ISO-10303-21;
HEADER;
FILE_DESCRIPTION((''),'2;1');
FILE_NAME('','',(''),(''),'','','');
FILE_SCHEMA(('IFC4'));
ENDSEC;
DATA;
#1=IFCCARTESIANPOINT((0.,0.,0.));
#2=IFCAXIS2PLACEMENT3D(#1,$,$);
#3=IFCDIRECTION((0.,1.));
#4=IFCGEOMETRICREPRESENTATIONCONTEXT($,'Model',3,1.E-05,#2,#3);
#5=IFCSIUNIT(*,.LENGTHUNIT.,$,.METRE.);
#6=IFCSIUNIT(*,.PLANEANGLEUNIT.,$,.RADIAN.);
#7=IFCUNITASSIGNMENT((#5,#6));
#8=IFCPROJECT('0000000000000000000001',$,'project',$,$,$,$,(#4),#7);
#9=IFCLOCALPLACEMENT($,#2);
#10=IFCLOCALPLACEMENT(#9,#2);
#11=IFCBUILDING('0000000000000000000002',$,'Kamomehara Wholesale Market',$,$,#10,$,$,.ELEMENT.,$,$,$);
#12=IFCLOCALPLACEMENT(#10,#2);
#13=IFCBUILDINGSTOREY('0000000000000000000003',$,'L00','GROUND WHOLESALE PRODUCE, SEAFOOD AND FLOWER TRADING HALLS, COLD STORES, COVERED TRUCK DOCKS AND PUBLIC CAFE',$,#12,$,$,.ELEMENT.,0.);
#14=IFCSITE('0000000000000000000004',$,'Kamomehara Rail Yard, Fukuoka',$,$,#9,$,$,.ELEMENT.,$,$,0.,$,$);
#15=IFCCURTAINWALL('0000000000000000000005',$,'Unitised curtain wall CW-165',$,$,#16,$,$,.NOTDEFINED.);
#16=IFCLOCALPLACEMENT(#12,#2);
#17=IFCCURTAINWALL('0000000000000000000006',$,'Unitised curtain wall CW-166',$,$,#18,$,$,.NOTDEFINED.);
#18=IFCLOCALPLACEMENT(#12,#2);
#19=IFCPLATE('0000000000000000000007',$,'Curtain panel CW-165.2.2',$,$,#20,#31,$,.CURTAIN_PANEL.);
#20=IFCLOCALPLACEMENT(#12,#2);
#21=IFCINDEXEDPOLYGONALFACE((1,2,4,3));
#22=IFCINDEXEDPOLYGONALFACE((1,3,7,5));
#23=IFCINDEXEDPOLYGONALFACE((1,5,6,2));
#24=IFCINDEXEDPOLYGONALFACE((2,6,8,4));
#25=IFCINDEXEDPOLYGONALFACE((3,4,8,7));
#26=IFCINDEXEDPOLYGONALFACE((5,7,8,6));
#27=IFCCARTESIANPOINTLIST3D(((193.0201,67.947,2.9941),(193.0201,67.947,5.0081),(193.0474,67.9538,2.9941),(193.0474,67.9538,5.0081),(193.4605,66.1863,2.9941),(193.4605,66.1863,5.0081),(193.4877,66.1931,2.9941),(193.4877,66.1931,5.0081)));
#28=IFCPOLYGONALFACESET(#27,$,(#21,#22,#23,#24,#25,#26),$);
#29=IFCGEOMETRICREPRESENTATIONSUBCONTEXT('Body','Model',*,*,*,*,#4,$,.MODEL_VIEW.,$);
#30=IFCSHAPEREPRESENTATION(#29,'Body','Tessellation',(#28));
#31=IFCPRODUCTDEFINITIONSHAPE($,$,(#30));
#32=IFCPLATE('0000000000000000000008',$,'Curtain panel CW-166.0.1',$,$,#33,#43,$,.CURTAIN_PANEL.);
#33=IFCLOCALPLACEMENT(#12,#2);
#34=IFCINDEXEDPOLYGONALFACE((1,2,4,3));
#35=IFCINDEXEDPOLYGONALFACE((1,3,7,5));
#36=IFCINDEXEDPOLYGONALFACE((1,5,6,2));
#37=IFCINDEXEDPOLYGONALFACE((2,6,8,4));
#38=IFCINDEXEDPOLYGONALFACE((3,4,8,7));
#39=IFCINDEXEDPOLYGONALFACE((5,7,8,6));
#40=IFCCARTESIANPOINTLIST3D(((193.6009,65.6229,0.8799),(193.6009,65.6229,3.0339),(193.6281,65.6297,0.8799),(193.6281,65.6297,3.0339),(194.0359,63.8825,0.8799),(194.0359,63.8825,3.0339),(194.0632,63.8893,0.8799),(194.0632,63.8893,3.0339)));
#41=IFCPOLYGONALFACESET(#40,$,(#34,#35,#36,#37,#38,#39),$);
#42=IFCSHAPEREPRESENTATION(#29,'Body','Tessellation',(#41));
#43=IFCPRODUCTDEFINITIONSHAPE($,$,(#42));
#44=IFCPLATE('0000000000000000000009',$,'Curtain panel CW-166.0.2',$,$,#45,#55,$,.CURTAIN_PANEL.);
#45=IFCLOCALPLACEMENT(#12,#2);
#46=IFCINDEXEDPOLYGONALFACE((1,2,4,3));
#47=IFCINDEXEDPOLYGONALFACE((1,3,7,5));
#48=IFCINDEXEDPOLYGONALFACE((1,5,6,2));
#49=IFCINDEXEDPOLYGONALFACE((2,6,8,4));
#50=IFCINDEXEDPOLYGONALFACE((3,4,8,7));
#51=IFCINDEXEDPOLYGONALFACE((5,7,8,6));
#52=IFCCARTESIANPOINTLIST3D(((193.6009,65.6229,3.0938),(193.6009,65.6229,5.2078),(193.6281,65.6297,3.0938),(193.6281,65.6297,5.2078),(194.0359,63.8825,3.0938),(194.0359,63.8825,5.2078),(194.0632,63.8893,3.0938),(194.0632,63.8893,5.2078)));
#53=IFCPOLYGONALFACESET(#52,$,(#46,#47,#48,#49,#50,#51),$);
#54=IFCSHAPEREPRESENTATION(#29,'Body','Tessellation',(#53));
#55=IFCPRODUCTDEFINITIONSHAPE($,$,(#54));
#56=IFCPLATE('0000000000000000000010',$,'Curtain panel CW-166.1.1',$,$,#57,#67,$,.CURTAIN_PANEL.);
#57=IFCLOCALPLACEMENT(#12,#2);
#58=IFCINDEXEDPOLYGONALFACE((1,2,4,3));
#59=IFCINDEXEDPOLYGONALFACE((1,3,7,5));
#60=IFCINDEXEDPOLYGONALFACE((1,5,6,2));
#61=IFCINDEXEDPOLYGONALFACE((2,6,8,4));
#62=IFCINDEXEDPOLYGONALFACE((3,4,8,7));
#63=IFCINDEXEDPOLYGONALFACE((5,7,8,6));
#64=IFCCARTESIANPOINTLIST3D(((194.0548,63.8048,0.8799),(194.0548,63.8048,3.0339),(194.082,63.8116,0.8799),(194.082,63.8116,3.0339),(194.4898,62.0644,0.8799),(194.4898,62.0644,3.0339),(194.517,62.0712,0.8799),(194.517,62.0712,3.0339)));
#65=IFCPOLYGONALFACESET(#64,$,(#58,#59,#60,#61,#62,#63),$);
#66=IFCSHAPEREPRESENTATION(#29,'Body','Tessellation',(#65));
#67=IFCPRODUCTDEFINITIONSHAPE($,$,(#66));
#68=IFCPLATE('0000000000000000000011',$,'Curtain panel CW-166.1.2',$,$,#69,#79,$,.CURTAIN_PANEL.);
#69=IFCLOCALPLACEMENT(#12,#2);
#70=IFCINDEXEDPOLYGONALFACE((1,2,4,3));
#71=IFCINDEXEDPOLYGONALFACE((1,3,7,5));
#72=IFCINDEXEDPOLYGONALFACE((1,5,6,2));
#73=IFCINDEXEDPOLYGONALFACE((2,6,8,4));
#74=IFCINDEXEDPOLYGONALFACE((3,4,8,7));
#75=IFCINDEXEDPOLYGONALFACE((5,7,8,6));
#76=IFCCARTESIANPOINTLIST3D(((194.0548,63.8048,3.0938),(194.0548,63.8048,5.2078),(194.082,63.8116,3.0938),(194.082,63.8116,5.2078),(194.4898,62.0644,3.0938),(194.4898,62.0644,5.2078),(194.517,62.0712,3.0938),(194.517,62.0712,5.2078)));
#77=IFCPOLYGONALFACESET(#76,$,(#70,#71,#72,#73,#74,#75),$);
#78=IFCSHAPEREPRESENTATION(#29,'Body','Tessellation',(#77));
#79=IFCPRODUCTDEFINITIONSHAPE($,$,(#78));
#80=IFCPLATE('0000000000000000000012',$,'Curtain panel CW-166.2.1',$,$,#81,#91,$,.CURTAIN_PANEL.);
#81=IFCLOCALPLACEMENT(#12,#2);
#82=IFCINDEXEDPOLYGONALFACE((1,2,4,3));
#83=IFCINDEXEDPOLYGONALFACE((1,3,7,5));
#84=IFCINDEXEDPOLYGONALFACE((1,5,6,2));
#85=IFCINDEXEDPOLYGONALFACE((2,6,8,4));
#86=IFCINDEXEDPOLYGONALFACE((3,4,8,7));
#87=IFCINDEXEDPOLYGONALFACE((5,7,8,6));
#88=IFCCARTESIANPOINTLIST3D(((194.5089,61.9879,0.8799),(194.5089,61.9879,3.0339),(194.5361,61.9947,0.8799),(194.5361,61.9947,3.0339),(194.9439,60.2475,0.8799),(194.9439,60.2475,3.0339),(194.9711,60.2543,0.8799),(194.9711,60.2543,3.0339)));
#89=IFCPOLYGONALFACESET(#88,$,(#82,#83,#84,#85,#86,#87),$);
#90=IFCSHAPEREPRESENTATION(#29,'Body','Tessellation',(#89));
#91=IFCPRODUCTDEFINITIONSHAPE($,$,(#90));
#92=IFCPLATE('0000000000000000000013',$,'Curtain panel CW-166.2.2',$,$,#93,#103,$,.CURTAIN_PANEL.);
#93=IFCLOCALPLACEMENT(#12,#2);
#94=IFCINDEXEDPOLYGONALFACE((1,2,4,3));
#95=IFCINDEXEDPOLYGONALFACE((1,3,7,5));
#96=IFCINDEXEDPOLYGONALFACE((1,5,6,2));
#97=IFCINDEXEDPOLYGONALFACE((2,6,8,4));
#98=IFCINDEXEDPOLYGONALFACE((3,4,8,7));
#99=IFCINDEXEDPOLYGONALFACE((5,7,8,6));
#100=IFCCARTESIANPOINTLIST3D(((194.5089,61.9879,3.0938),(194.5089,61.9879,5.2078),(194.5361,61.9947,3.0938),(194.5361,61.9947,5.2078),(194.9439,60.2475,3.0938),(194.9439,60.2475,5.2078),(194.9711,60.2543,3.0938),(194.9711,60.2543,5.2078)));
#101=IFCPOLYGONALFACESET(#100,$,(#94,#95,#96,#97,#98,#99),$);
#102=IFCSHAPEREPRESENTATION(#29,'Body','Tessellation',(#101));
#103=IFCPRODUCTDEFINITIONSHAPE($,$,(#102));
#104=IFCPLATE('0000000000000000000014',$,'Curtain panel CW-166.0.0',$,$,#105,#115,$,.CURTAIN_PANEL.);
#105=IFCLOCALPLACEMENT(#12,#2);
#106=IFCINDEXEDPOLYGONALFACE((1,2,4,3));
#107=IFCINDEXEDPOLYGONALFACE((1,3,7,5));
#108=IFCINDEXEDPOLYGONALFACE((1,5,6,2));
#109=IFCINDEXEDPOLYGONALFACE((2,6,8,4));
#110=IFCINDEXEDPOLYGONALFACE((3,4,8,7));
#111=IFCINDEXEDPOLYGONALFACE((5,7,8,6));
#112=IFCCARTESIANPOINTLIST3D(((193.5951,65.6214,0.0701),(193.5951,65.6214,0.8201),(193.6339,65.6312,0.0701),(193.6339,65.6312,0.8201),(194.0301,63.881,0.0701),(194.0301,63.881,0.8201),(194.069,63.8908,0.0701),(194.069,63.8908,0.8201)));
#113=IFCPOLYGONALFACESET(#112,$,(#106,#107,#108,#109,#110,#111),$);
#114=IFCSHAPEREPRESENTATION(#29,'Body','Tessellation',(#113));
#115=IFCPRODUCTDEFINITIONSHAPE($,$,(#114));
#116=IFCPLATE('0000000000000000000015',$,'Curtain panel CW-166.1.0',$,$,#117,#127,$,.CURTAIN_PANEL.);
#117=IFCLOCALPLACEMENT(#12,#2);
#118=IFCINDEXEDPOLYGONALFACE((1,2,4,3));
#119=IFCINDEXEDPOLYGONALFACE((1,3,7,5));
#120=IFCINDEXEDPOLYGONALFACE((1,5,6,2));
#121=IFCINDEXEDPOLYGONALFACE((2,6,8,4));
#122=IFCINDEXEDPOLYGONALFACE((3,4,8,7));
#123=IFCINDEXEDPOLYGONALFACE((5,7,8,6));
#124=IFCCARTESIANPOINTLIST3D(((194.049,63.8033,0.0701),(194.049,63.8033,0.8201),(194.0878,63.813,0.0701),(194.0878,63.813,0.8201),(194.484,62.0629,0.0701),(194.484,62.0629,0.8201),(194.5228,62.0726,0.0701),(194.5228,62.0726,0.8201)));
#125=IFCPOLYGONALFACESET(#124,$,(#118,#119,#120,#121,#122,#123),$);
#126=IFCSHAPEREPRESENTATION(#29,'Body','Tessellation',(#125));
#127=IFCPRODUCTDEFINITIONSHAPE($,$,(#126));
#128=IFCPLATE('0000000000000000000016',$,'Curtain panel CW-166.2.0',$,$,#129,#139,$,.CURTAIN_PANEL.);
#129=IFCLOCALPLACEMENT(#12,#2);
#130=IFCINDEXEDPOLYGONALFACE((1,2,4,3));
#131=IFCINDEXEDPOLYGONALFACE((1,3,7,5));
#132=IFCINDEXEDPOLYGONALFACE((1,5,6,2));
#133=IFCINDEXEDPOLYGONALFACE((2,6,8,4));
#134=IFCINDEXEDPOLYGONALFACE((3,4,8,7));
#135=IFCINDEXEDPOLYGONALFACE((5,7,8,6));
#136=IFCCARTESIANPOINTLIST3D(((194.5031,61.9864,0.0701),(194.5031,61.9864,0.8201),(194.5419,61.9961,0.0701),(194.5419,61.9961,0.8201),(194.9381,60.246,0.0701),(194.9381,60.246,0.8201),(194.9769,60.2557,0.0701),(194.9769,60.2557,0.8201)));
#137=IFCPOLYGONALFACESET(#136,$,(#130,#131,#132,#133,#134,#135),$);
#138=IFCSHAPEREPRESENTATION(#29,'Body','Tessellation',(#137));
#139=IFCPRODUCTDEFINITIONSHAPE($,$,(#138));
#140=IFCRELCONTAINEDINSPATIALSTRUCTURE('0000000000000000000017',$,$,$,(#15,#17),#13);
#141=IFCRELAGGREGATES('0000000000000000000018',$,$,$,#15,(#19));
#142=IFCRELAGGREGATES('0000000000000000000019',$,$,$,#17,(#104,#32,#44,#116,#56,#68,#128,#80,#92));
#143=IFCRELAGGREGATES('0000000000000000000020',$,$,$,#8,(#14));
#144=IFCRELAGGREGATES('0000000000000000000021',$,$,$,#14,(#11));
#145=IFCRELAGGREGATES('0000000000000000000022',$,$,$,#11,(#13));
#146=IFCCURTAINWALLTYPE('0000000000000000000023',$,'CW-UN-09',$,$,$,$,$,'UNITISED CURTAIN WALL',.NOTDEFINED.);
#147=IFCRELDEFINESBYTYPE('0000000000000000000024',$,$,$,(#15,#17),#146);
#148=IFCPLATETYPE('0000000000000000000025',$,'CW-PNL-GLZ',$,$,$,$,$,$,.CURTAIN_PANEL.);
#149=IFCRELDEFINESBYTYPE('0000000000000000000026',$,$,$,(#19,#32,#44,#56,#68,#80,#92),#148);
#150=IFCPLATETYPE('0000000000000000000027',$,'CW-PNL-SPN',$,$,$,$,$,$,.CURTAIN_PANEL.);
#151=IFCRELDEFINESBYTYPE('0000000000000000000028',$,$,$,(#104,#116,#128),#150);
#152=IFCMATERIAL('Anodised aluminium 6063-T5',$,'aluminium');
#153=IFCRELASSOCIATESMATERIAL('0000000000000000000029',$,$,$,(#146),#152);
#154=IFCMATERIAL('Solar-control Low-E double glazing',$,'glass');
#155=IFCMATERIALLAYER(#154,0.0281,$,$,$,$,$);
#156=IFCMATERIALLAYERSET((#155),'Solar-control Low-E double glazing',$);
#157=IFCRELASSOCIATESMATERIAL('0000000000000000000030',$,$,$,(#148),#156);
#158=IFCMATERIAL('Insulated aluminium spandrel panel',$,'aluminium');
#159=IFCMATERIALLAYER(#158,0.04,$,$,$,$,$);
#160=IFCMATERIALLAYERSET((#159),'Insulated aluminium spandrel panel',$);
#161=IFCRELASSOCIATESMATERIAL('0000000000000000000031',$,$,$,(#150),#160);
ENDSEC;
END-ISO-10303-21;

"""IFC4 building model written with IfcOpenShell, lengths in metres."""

from ifc_helpers import new_model, si_unit, direction, frame, origin, origin_2d, place, context, subcontext, project, spatial, rectangle, extrude, material, layer, layer_set, type_object, element, aggregate, save


model = new_model("IFC4")

# Units and contexts
model_context = context("Model", 3, precision=1e-05, world=origin(), true_north=direction((0.0, 1.0)))
body_context = subcontext(model_context, "Body", "Model", "MODEL_VIEW")
ifc_project = project(units=[si_unit("LENGTHUNIT", "METRE"), si_unit("PLANEANGLEUNIT", "RADIAN")], contexts=[model_context])

# Site, building, storey
site_placement = place(None, origin())
site = spatial("IfcSite", under=ifc_project, at=site_placement, Name="Kamomehara Rail Yard, Fukuoka", CompositionType="ELEMENT", RefElevation=0.0)
building_placement = place(site_placement, origin())
building = spatial("IfcBuilding", under=site, at=building_placement, Name="Kamomehara Wholesale Market", CompositionType="ELEMENT")
storey_placement = place(building_placement, origin())
storey = spatial("IfcBuildingStorey", under=building, at=storey_placement, Name="L00", Description="GROUND WHOLESALE PRODUCE, SEAFOOD AND FLOWER TRADING HALLS, COLD STORES, COVERED TRUCK DOCKS AND PUBLIC CAFE", CompositionType="ELEMENT", Elevation=0.0)

# Curtain wall
ifc_material_1 = material(Name="Anodised aluminium 6063-T5", Category="aluminium")
curtain_wall_type = type_object("IfcCurtainWallType", Name="CW-UN-09", ElementType="UNITISED CURTAIN WALL", PredefinedType="NOTDEFINED", material=ifc_material_1)
curtain_wall_1_placement = place(storey_placement, origin())
curtain_wall_1 = element("IfcCurtainWall", 1, at=curtain_wall_1_placement, inside=storey, type_object=curtain_wall_type, Name="Unitised curtain wall CW-165", PredefinedType="NOTDEFINED")

# Curtain wall
curtain_wall_2_placement = place(storey_placement, origin())
curtain_wall_2 = element("IfcCurtainWall", 2, at=curtain_wall_2_placement, inside=storey, type_object=curtain_wall_type, Name="Unitised curtain wall CW-166", PredefinedType="NOTDEFINED")

# Plates
ifc_material_2 = material(Name="Solar-control Low-E double glazing", Category="glass")
ifc_layer_1 = layer(ifc_material_2, 0.0281)
ifc_layer_set_1 = layer_set([ifc_layer_1], Name="Solar-control Low-E double glazing")
plate_type_1 = type_object("IfcPlateType", Name="CW-PNL-GLZ", PredefinedType="CURTAIN_PANEL", material=ifc_layer_set_1)
plate_1_placement = place(storey_placement, frame((193.2539, 67.0701, 2.9941), z_axis=(0.0, 0.0, 1.0), x_axis=(0.242616, -0.970122, 0.0)))
plate_1 = element("IfcPlate", 3, at=plate_1_placement, type_object=plate_type_1, Name="Curtain panel CW-165.2.2", PredefinedType="CURTAIN_PANEL", context=body_context, shape_type="SweptSolid", body=[
    extrude(rectangle(XDim=1.8149, YDim=0.0281, at=origin_2d()), origin(), (0.0, 0.0, 1.0), 2.0139),
])
aggregate(curtain_wall_1, [plate_1])
plate_2_placement = place(storey_placement, frame((193.832, 64.7561, 0.8799), z_axis=(0.0, 0.0, 1.0), x_axis=(0.242498, -0.970152, 0.0)))
plate_2 = element("IfcPlate", 4, at=plate_2_placement, type_object=plate_type_1, Name="Curtain panel CW-166.0.1", PredefinedType="CURTAIN_PANEL", context=body_context, shape_type="SweptSolid", body=[
    extrude(rectangle(XDim=1.7939, YDim=0.0281, at=origin_2d()), origin(), (0.0, 0.0, 1.0), 2.1541),
])
plate_3_placement = place(storey_placement, frame((193.832, 64.7561, 3.0938), z_axis=(0.0, 0.0, 1.0), x_axis=(0.242498, -0.970152, 0.0)))
plate_3 = element("IfcPlate", 5, at=plate_3_placement, type_object=plate_type_1, Name="Curtain panel CW-166.0.2", PredefinedType="CURTAIN_PANEL", context=body_context, shape_type="SweptSolid", body=[
    extrude(rectangle(XDim=1.7939, YDim=0.0281, at=origin_2d()), origin(), (0.0, 0.0, 1.0), 2.114),
])
plate_4_placement = place(storey_placement, frame((194.2859, 62.938, 0.8799), z_axis=(0.0, 0.0, 1.0), x_axis=(0.242498, -0.970152, 0.0)))
plate_4 = element("IfcPlate", 6, at=plate_4_placement, type_object=plate_type_1, Name="Curtain panel CW-166.1.1", PredefinedType="CURTAIN_PANEL", context=body_context, shape_type="SweptSolid", body=[
    extrude(rectangle(XDim=1.7939, YDim=0.0281, at=origin_2d()), origin(), (0.0, 0.0, 1.0), 2.1541),
])
plate_5_placement = place(storey_placement, frame((194.2859, 62.938, 3.0938), z_axis=(0.0, 0.0, 1.0), x_axis=(0.242498, -0.970152, 0.0)))
plate_5 = element("IfcPlate", 7, at=plate_5_placement, type_object=plate_type_1, Name="Curtain panel CW-166.1.2", PredefinedType="CURTAIN_PANEL", context=body_context, shape_type="SweptSolid", body=[
    extrude(rectangle(XDim=1.7939, YDim=0.0281, at=origin_2d()), origin(), (0.0, 0.0, 1.0), 2.114),
])
plate_6_placement = place(storey_placement, frame((194.74, 61.1211, 0.8799), z_axis=(0.0, 0.0, 1.0), x_axis=(0.242498, -0.970152, 0.0)))
plate_6 = element("IfcPlate", 8, at=plate_6_placement, type_object=plate_type_1, Name="Curtain panel CW-166.2.1", PredefinedType="CURTAIN_PANEL", context=body_context, shape_type="SweptSolid", body=[
    extrude(rectangle(XDim=1.7939, YDim=0.0281, at=origin_2d()), origin(), (0.0, 0.0, 1.0), 2.1541),
])
plate_7_placement = place(storey_placement, frame((194.74, 61.1211, 3.0938), z_axis=(0.0, 0.0, 1.0), x_axis=(0.242498, -0.970152, 0.0)))
plate_7 = element("IfcPlate", 9, at=plate_7_placement, type_object=plate_type_1, Name="Curtain panel CW-166.2.2", PredefinedType="CURTAIN_PANEL", context=body_context, shape_type="SweptSolid", body=[
    extrude(rectangle(XDim=1.7939, YDim=0.0281, at=origin_2d()), origin(), (0.0, 0.0, 1.0), 2.114),
])
ifc_material_3 = material(Name="Insulated aluminium spandrel panel", Category="aluminium")
ifc_layer_2 = layer(ifc_material_3, 0.04)
ifc_layer_set_2 = layer_set([ifc_layer_2], Name="Insulated aluminium spandrel panel")
plate_type_2 = type_object("IfcPlateType", Name="CW-PNL-SPN", PredefinedType="CURTAIN_PANEL", material=ifc_layer_set_2)
plate_8_placement = place(storey_placement, frame((193.832, 64.7561, 0.0701), z_axis=(0.0, 0.0, 1.0), x_axis=(0.242498, -0.970152, 0.0)))
plate_8 = element("IfcPlate", 10, at=plate_8_placement, type_object=plate_type_2, Name="Curtain panel CW-166.0.0", PredefinedType="CURTAIN_PANEL", context=body_context, shape_type="SweptSolid", body=[
    extrude(rectangle(XDim=1.7939, YDim=0.04, at=origin_2d()), origin(), (0.0, 0.0, 1.0), 0.75),
])
plate_9_placement = place(storey_placement, frame((194.2859, 62.938, 0.0701), z_axis=(0.0, 0.0, 1.0), x_axis=(0.242498, -0.970152, 0.0)))
plate_9 = element("IfcPlate", 11, at=plate_9_placement, type_object=plate_type_2, Name="Curtain panel CW-166.1.0", PredefinedType="CURTAIN_PANEL", context=body_context, shape_type="SweptSolid", body=[
    extrude(rectangle(XDim=1.7939, YDim=0.04, at=origin_2d()), origin(), (0.0, 0.0, 1.0), 0.75),
])
plate_10_placement = place(storey_placement, frame((194.74, 61.1211, 0.0701), z_axis=(0.0, 0.0, 1.0), x_axis=(0.242498, -0.970152, 0.0)))
plate_10 = element("IfcPlate", 12, at=plate_10_placement, type_object=plate_type_2, Name="Curtain panel CW-166.2.0", PredefinedType="CURTAIN_PANEL", context=body_context, shape_type="SweptSolid", body=[
    extrude(rectangle(XDim=1.7939, YDim=0.04, at=origin_2d()), origin(), (0.0, 0.0, 1.0), 0.75),
])
aggregate(curtain_wall_2, [plate_8, plate_2, plate_3, plate_9, plate_4, plate_5, plate_10, plate_6, plate_7])

save(model, "model.ifc")
